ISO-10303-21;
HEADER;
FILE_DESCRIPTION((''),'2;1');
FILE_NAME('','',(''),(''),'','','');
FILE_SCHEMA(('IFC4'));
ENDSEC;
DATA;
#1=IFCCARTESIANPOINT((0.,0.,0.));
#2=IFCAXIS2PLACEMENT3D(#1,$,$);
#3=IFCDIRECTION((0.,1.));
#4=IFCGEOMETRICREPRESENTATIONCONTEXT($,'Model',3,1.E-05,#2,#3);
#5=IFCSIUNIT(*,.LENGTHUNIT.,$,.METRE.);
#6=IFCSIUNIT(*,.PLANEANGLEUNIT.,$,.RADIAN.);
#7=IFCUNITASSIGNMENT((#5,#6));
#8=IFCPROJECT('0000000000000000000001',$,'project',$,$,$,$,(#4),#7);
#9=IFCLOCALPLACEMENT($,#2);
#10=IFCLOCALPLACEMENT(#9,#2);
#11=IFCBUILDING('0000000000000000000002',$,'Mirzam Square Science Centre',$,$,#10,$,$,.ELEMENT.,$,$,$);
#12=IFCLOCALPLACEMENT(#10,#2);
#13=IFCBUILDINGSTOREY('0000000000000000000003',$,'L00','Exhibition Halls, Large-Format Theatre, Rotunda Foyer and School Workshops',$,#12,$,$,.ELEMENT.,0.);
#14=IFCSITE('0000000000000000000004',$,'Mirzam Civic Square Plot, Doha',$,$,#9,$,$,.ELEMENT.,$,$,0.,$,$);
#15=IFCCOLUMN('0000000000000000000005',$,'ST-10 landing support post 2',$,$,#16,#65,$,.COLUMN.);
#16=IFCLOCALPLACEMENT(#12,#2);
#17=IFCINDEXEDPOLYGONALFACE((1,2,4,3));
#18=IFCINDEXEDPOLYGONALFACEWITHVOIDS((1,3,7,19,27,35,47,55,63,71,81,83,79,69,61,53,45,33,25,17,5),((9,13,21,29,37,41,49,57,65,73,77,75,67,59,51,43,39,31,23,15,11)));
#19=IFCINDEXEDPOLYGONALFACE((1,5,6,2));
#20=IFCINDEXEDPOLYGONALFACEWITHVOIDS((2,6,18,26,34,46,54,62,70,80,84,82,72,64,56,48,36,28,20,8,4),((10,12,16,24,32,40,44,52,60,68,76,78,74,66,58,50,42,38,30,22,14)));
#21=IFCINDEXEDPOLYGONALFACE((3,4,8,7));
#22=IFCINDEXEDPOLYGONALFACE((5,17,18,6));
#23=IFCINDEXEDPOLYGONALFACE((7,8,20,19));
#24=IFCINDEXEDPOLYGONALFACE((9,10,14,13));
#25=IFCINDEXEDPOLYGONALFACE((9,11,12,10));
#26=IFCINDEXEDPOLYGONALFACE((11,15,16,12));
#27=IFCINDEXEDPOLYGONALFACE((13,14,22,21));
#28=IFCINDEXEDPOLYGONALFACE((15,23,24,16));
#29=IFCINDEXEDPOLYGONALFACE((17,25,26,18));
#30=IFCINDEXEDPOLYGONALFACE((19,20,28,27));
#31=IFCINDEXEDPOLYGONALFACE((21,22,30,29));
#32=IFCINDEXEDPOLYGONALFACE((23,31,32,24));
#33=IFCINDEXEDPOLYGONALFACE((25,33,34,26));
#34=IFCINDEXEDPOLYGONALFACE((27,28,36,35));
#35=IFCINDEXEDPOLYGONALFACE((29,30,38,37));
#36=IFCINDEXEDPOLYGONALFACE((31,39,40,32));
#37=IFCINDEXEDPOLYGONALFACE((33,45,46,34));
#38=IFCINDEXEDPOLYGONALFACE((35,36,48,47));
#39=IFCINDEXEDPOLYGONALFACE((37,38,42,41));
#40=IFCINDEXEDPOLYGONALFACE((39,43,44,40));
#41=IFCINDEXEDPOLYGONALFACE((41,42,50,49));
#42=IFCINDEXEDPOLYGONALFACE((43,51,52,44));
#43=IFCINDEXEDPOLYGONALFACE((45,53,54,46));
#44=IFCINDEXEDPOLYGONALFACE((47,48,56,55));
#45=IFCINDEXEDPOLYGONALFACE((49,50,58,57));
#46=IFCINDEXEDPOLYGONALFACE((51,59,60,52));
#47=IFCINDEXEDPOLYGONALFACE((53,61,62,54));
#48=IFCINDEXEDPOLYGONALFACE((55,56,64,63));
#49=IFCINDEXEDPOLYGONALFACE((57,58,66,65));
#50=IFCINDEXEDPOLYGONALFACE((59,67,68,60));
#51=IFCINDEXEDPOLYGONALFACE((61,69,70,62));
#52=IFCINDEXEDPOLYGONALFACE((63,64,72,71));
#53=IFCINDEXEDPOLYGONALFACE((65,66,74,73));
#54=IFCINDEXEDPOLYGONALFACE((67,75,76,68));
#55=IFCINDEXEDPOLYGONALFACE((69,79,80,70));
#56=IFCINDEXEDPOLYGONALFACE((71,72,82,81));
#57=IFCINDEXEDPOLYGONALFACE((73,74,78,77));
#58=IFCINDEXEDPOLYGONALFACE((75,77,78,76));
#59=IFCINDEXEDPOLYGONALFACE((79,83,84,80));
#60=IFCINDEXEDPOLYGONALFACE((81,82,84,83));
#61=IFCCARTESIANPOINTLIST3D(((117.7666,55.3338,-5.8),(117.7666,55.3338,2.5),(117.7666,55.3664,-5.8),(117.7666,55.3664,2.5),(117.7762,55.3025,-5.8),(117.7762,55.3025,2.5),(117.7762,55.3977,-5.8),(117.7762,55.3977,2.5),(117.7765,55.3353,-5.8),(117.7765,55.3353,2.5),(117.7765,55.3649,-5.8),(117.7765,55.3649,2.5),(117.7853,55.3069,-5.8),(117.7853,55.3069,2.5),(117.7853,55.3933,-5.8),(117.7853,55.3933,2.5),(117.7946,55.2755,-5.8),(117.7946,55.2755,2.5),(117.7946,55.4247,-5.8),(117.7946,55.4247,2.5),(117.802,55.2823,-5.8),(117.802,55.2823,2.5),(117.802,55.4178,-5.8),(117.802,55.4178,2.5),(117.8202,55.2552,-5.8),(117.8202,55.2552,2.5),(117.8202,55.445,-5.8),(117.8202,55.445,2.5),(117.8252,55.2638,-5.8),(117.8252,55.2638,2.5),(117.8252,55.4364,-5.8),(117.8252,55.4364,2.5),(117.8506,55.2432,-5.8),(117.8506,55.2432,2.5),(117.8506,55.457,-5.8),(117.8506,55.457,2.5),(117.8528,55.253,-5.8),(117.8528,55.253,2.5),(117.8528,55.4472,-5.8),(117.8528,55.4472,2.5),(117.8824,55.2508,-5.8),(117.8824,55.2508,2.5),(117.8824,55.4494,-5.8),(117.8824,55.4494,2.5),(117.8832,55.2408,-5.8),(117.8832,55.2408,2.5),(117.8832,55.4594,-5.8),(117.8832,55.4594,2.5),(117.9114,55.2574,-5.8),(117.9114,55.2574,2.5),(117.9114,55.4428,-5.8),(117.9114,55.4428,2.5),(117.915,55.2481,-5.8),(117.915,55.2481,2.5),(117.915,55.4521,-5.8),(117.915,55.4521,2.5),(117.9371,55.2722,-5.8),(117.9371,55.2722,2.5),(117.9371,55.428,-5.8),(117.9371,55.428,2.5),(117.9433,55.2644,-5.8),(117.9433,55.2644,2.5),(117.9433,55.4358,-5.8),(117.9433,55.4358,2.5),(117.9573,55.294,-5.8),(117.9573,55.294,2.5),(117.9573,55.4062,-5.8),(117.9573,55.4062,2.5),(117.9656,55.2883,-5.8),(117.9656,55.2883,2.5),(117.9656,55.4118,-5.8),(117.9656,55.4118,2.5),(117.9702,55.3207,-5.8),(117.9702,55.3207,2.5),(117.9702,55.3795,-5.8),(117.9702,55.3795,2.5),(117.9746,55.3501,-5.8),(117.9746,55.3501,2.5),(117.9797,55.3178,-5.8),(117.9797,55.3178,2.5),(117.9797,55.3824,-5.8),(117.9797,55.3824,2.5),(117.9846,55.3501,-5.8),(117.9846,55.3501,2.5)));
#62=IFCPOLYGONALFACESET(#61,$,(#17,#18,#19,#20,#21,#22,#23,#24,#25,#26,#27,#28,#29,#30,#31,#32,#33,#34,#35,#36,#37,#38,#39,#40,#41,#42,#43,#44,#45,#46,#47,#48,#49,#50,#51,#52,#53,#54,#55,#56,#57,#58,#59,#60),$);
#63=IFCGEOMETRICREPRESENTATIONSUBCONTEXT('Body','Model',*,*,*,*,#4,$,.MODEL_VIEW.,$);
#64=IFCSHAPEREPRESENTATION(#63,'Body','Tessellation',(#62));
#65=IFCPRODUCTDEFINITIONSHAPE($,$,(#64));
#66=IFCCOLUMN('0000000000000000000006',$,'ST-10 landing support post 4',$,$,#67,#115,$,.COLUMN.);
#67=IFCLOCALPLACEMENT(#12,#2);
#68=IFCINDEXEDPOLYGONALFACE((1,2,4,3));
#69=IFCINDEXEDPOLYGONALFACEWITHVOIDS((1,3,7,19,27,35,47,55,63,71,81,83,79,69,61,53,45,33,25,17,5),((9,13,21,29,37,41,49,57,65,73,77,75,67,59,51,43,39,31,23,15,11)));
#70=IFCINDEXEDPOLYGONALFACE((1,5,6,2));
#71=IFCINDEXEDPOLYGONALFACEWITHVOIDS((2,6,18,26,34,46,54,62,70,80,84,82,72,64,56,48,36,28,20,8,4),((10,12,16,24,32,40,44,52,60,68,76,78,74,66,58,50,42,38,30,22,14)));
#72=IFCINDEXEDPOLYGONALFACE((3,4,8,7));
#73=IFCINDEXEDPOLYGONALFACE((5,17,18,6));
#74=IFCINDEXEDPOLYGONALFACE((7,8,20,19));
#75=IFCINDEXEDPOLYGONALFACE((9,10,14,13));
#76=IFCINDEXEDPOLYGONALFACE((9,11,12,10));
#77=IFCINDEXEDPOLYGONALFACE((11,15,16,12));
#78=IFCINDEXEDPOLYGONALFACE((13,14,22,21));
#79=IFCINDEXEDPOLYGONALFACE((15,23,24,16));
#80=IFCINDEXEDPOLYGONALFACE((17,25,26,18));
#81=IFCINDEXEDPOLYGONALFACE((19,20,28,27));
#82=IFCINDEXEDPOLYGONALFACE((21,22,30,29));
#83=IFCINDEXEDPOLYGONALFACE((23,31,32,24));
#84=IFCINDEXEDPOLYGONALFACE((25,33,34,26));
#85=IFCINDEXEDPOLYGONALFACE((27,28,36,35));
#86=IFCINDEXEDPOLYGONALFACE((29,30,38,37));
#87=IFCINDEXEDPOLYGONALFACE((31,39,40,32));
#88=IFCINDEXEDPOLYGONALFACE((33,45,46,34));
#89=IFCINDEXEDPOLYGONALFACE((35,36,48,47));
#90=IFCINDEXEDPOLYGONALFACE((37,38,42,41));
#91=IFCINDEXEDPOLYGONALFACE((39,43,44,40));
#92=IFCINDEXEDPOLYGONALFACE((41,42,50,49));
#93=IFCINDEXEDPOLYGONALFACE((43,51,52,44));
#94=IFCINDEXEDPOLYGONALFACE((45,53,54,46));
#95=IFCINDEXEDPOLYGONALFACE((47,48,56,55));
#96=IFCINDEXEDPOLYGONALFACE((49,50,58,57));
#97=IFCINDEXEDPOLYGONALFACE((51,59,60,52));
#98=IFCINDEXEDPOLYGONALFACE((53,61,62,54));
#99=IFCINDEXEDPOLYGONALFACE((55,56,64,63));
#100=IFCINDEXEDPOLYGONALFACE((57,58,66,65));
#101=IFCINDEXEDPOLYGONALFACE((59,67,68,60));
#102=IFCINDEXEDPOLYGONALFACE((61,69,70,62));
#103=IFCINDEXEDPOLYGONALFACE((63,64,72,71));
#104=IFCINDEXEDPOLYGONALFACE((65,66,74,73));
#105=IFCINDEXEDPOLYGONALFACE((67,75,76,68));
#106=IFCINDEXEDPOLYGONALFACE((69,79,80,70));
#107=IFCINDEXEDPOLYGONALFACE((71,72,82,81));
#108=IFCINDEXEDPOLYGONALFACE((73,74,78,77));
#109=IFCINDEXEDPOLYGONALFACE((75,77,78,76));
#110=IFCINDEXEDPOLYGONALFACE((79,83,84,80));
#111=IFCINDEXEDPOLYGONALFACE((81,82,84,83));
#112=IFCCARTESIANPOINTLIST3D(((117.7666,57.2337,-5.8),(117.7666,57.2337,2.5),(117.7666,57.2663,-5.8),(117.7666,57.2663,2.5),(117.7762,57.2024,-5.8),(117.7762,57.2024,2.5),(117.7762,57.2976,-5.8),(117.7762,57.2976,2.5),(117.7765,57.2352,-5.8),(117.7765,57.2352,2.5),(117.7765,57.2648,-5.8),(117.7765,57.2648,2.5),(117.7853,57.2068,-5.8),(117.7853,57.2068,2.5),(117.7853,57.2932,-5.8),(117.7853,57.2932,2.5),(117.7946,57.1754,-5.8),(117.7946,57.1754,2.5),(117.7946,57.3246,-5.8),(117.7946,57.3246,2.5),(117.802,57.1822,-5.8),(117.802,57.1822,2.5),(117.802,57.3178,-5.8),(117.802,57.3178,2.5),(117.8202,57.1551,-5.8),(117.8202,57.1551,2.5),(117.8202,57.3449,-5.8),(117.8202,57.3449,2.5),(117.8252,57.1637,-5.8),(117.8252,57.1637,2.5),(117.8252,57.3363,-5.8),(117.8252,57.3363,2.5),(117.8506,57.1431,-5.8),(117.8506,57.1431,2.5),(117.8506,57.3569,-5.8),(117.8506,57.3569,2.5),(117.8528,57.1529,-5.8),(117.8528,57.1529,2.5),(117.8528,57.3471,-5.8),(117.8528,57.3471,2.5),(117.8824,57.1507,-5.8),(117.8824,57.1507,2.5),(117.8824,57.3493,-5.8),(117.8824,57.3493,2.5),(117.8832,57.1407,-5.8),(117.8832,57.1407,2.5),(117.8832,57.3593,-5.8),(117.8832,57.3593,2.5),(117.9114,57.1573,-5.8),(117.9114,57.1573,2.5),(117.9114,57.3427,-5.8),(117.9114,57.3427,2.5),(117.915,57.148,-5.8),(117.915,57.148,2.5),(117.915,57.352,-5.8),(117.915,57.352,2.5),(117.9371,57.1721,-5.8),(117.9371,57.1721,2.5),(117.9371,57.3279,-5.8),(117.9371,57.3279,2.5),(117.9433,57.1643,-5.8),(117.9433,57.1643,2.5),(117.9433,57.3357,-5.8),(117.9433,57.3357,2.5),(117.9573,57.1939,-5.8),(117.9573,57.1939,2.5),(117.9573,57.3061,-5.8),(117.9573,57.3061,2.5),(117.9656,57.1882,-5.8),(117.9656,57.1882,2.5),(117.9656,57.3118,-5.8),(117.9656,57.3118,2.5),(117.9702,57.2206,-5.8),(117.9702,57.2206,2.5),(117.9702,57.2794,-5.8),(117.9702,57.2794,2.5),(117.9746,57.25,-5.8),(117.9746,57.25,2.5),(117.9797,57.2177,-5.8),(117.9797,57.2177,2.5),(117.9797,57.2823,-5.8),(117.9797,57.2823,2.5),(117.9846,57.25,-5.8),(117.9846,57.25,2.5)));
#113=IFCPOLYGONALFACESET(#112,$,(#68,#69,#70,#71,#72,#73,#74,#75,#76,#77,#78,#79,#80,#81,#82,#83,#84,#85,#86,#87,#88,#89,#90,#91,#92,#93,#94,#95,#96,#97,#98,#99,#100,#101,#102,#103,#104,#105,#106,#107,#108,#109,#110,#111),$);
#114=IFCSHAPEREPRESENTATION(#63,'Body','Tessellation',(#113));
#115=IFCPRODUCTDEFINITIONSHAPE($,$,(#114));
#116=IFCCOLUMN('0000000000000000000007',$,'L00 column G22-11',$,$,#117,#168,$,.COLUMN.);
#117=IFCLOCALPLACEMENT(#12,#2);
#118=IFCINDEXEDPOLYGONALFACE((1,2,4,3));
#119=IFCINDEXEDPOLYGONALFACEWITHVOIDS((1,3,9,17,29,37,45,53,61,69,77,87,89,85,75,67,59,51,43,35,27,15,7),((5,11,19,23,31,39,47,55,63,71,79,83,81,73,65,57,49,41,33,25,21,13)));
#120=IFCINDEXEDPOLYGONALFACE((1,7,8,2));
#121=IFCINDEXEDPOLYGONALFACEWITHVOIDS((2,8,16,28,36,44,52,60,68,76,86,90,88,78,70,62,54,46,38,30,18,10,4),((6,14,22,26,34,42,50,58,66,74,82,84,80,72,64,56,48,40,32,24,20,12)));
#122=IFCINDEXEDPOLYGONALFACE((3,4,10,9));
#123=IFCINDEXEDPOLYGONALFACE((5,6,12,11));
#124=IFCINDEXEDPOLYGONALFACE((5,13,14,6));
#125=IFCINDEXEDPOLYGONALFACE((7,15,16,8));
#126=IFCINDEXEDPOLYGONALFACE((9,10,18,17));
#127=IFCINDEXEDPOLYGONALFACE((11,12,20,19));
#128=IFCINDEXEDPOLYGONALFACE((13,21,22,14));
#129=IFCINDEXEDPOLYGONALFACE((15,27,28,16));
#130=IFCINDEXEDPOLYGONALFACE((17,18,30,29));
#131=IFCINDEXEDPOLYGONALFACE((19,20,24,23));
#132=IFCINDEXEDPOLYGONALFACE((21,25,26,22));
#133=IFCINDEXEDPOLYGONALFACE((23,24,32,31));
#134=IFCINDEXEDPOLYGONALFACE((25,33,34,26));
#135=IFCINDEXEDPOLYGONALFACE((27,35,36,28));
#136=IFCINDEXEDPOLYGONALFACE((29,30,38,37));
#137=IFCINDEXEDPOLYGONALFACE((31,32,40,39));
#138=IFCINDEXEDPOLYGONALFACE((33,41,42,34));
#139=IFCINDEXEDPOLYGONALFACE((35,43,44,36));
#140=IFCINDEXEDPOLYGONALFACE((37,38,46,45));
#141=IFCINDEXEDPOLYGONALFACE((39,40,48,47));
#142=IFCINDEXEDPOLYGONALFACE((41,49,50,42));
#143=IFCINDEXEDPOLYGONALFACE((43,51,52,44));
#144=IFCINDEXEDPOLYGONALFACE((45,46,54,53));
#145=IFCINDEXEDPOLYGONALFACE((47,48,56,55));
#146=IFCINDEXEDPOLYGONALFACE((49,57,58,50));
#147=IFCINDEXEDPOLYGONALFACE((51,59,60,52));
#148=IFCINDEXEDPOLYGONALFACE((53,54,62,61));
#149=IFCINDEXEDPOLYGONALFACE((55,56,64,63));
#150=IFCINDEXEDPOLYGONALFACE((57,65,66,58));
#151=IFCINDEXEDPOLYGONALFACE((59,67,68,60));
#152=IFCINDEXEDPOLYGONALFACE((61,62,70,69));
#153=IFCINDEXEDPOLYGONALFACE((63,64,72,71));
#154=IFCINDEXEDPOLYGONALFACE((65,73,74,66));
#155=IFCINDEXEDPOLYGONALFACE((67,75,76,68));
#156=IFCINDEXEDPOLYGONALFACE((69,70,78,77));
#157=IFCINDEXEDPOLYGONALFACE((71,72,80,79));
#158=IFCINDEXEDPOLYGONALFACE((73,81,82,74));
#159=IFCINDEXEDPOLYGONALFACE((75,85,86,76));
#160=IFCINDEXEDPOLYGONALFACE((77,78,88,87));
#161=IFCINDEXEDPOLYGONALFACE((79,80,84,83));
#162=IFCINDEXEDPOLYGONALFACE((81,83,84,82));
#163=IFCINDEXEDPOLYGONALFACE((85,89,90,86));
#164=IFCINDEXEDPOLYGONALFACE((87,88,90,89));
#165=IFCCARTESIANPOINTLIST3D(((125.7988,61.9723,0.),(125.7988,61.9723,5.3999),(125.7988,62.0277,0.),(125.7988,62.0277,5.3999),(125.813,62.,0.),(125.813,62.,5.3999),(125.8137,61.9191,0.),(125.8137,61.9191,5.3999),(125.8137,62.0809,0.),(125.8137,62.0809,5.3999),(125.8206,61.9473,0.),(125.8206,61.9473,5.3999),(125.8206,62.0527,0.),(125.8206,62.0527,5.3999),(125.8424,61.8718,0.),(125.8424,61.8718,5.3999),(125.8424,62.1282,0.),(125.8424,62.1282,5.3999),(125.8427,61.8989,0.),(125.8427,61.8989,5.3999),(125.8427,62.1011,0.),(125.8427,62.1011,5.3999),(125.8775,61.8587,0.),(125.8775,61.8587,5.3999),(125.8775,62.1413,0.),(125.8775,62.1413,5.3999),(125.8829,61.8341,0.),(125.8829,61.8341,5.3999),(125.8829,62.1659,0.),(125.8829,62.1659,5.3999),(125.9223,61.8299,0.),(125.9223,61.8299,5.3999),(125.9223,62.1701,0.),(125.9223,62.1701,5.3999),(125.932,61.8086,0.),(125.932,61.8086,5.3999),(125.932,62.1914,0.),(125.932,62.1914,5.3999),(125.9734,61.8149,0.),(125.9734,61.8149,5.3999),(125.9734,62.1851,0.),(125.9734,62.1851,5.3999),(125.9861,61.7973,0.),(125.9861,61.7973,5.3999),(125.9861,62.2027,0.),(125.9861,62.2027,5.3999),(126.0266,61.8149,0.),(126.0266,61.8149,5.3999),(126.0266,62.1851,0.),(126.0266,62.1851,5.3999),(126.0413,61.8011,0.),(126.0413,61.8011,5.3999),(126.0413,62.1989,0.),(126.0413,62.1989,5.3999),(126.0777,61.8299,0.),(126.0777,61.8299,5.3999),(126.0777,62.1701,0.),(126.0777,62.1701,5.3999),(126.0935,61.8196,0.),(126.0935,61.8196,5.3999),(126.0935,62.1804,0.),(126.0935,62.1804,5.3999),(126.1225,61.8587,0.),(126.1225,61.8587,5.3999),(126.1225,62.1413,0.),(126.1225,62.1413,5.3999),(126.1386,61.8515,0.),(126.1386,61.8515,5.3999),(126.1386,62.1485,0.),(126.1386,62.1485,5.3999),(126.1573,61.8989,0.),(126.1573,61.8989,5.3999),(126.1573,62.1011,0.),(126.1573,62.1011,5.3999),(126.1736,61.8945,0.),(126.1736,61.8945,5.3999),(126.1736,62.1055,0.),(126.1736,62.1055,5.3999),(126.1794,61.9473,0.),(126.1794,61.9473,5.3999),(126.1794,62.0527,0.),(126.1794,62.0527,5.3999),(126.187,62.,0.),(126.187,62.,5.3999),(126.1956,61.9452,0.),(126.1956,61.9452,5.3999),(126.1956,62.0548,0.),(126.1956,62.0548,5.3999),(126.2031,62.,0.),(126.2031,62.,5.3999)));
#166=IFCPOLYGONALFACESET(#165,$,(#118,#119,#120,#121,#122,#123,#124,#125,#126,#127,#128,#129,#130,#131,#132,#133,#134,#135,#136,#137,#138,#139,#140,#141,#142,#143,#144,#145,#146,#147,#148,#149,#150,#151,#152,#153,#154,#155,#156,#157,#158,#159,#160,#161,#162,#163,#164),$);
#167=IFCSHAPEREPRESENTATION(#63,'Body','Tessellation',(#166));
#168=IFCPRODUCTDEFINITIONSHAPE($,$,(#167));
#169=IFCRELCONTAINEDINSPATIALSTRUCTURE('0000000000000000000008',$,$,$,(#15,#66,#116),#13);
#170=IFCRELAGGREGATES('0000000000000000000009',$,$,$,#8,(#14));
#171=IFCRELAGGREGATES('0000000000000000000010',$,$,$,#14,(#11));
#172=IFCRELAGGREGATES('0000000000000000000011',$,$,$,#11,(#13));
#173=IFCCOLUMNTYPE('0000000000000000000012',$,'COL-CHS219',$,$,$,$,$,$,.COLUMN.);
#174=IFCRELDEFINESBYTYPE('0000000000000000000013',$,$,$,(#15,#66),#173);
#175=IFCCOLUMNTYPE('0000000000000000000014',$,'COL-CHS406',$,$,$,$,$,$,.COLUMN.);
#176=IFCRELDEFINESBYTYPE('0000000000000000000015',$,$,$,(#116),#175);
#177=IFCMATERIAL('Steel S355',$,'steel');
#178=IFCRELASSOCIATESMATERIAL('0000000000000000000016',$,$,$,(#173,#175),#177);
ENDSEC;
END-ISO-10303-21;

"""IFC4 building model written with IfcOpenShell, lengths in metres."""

from ifc_helpers import new_model, si_unit, direction, frame, origin, origin_2d, place, context, subcontext, project, spatial, hollow_circle, extrude, material, material_profile, profile_set, type_object, element, save


model = new_model("IFC4")

# Units and contexts
model_context = context("Model", 3, precision=1e-05, world=origin(), true_north=direction((0.0, 1.0)))
body_context = subcontext(model_context, "Body", "Model", "MODEL_VIEW")
ifc_project = project(units=[si_unit("LENGTHUNIT", "METRE"), si_unit("PLANEANGLEUNIT", "RADIAN")], contexts=[model_context])

# Site, building, storey
site_placement = place(None, origin())
site = spatial("IfcSite", under=ifc_project, at=site_placement, Name="Mirzam Civic Square Plot, Doha", CompositionType="ELEMENT", RefElevation=0.0)
building_placement = place(site_placement, origin())
building = spatial("IfcBuilding", under=site, at=building_placement, Name="Mirzam Square Science Centre", CompositionType="ELEMENT")
storey_placement = place(building_placement, origin())
storey = spatial("IfcBuildingStorey", under=building, at=storey_placement, Name="L00", Description="Exhibition Halls, Large-Format Theatre, Rotunda Foyer and School Workshops", CompositionType="ELEMENT", Elevation=0.0)

# Columns
ifc_material_1 = material(Name="Steel S355", Category="steel")
ifc_material_profile_1 = material_profile(ifc_material_1, hollow_circle(Radius=0.1096, WallThickness=0.01, at=origin_2d()), Name="219.1x10.0CHS")
ifc_profile_set_1 = profile_set([ifc_material_profile_1], Name="Steel S355")
column_type_1 = type_object("IfcColumnType", Name="COL-CHS219", PredefinedType="COLUMN", material=ifc_profile_set_1)
for number, where, z_axis, x_axis, name in (
    (1, (117.875, 55.3501, -5.8), (0.0, 0.0, 1.0), (1.0, 0.0, 0.0), "ST-10 landing support post 2"),
    (2, (117.875, 57.25, -5.8), (0.0, 0.0, 1.0), (1.0, 0.0, 0.0), "ST-10 landing support post 4"),
):
    element("IfcColumn", number, at=place(storey_placement, frame(where, z_axis=z_axis, x_axis=x_axis)), inside=storey, type_object=column_type_1, Name=name, PredefinedType="COLUMN", context=body_context, shape_type="SweptSolid", body=[
        extrude(hollow_circle(Radius=0.1096, WallThickness=0.01, at=origin_2d()), origin(), (0.0, 0.0, 1.0), 8.3),
    ])
ifc_material_profile_2 = material_profile(ifc_material_1, hollow_circle(Radius=0.2031, WallThickness=0.0161, at=origin_2d()), Name="406.4x16.0CHS")
ifc_profile_set_2 = profile_set([ifc_material_profile_2], Name="Steel S355")
column_type_2 = type_object("IfcColumnType", Name="COL-CHS406", PredefinedType="COLUMN", material=ifc_profile_set_2)
column_1_placement = place(storey_placement, frame((126.0, 62.0, 0.0), z_axis=(0.0, 0.0, 1.0), x_axis=(1.0, 0.0, 0.0)))
element("IfcColumn", 3, at=column_1_placement, inside=storey, type_object=column_type_2, Name="L00 column G22-11", PredefinedType="COLUMN", context=body_context, shape_type="SweptSolid", body=[
    extrude(hollow_circle(Radius=0.2031, WallThickness=0.0161, at=origin_2d()), origin(), (0.0, 0.0, 1.0), 5.3999),
])

save(model, "model.ifc")
